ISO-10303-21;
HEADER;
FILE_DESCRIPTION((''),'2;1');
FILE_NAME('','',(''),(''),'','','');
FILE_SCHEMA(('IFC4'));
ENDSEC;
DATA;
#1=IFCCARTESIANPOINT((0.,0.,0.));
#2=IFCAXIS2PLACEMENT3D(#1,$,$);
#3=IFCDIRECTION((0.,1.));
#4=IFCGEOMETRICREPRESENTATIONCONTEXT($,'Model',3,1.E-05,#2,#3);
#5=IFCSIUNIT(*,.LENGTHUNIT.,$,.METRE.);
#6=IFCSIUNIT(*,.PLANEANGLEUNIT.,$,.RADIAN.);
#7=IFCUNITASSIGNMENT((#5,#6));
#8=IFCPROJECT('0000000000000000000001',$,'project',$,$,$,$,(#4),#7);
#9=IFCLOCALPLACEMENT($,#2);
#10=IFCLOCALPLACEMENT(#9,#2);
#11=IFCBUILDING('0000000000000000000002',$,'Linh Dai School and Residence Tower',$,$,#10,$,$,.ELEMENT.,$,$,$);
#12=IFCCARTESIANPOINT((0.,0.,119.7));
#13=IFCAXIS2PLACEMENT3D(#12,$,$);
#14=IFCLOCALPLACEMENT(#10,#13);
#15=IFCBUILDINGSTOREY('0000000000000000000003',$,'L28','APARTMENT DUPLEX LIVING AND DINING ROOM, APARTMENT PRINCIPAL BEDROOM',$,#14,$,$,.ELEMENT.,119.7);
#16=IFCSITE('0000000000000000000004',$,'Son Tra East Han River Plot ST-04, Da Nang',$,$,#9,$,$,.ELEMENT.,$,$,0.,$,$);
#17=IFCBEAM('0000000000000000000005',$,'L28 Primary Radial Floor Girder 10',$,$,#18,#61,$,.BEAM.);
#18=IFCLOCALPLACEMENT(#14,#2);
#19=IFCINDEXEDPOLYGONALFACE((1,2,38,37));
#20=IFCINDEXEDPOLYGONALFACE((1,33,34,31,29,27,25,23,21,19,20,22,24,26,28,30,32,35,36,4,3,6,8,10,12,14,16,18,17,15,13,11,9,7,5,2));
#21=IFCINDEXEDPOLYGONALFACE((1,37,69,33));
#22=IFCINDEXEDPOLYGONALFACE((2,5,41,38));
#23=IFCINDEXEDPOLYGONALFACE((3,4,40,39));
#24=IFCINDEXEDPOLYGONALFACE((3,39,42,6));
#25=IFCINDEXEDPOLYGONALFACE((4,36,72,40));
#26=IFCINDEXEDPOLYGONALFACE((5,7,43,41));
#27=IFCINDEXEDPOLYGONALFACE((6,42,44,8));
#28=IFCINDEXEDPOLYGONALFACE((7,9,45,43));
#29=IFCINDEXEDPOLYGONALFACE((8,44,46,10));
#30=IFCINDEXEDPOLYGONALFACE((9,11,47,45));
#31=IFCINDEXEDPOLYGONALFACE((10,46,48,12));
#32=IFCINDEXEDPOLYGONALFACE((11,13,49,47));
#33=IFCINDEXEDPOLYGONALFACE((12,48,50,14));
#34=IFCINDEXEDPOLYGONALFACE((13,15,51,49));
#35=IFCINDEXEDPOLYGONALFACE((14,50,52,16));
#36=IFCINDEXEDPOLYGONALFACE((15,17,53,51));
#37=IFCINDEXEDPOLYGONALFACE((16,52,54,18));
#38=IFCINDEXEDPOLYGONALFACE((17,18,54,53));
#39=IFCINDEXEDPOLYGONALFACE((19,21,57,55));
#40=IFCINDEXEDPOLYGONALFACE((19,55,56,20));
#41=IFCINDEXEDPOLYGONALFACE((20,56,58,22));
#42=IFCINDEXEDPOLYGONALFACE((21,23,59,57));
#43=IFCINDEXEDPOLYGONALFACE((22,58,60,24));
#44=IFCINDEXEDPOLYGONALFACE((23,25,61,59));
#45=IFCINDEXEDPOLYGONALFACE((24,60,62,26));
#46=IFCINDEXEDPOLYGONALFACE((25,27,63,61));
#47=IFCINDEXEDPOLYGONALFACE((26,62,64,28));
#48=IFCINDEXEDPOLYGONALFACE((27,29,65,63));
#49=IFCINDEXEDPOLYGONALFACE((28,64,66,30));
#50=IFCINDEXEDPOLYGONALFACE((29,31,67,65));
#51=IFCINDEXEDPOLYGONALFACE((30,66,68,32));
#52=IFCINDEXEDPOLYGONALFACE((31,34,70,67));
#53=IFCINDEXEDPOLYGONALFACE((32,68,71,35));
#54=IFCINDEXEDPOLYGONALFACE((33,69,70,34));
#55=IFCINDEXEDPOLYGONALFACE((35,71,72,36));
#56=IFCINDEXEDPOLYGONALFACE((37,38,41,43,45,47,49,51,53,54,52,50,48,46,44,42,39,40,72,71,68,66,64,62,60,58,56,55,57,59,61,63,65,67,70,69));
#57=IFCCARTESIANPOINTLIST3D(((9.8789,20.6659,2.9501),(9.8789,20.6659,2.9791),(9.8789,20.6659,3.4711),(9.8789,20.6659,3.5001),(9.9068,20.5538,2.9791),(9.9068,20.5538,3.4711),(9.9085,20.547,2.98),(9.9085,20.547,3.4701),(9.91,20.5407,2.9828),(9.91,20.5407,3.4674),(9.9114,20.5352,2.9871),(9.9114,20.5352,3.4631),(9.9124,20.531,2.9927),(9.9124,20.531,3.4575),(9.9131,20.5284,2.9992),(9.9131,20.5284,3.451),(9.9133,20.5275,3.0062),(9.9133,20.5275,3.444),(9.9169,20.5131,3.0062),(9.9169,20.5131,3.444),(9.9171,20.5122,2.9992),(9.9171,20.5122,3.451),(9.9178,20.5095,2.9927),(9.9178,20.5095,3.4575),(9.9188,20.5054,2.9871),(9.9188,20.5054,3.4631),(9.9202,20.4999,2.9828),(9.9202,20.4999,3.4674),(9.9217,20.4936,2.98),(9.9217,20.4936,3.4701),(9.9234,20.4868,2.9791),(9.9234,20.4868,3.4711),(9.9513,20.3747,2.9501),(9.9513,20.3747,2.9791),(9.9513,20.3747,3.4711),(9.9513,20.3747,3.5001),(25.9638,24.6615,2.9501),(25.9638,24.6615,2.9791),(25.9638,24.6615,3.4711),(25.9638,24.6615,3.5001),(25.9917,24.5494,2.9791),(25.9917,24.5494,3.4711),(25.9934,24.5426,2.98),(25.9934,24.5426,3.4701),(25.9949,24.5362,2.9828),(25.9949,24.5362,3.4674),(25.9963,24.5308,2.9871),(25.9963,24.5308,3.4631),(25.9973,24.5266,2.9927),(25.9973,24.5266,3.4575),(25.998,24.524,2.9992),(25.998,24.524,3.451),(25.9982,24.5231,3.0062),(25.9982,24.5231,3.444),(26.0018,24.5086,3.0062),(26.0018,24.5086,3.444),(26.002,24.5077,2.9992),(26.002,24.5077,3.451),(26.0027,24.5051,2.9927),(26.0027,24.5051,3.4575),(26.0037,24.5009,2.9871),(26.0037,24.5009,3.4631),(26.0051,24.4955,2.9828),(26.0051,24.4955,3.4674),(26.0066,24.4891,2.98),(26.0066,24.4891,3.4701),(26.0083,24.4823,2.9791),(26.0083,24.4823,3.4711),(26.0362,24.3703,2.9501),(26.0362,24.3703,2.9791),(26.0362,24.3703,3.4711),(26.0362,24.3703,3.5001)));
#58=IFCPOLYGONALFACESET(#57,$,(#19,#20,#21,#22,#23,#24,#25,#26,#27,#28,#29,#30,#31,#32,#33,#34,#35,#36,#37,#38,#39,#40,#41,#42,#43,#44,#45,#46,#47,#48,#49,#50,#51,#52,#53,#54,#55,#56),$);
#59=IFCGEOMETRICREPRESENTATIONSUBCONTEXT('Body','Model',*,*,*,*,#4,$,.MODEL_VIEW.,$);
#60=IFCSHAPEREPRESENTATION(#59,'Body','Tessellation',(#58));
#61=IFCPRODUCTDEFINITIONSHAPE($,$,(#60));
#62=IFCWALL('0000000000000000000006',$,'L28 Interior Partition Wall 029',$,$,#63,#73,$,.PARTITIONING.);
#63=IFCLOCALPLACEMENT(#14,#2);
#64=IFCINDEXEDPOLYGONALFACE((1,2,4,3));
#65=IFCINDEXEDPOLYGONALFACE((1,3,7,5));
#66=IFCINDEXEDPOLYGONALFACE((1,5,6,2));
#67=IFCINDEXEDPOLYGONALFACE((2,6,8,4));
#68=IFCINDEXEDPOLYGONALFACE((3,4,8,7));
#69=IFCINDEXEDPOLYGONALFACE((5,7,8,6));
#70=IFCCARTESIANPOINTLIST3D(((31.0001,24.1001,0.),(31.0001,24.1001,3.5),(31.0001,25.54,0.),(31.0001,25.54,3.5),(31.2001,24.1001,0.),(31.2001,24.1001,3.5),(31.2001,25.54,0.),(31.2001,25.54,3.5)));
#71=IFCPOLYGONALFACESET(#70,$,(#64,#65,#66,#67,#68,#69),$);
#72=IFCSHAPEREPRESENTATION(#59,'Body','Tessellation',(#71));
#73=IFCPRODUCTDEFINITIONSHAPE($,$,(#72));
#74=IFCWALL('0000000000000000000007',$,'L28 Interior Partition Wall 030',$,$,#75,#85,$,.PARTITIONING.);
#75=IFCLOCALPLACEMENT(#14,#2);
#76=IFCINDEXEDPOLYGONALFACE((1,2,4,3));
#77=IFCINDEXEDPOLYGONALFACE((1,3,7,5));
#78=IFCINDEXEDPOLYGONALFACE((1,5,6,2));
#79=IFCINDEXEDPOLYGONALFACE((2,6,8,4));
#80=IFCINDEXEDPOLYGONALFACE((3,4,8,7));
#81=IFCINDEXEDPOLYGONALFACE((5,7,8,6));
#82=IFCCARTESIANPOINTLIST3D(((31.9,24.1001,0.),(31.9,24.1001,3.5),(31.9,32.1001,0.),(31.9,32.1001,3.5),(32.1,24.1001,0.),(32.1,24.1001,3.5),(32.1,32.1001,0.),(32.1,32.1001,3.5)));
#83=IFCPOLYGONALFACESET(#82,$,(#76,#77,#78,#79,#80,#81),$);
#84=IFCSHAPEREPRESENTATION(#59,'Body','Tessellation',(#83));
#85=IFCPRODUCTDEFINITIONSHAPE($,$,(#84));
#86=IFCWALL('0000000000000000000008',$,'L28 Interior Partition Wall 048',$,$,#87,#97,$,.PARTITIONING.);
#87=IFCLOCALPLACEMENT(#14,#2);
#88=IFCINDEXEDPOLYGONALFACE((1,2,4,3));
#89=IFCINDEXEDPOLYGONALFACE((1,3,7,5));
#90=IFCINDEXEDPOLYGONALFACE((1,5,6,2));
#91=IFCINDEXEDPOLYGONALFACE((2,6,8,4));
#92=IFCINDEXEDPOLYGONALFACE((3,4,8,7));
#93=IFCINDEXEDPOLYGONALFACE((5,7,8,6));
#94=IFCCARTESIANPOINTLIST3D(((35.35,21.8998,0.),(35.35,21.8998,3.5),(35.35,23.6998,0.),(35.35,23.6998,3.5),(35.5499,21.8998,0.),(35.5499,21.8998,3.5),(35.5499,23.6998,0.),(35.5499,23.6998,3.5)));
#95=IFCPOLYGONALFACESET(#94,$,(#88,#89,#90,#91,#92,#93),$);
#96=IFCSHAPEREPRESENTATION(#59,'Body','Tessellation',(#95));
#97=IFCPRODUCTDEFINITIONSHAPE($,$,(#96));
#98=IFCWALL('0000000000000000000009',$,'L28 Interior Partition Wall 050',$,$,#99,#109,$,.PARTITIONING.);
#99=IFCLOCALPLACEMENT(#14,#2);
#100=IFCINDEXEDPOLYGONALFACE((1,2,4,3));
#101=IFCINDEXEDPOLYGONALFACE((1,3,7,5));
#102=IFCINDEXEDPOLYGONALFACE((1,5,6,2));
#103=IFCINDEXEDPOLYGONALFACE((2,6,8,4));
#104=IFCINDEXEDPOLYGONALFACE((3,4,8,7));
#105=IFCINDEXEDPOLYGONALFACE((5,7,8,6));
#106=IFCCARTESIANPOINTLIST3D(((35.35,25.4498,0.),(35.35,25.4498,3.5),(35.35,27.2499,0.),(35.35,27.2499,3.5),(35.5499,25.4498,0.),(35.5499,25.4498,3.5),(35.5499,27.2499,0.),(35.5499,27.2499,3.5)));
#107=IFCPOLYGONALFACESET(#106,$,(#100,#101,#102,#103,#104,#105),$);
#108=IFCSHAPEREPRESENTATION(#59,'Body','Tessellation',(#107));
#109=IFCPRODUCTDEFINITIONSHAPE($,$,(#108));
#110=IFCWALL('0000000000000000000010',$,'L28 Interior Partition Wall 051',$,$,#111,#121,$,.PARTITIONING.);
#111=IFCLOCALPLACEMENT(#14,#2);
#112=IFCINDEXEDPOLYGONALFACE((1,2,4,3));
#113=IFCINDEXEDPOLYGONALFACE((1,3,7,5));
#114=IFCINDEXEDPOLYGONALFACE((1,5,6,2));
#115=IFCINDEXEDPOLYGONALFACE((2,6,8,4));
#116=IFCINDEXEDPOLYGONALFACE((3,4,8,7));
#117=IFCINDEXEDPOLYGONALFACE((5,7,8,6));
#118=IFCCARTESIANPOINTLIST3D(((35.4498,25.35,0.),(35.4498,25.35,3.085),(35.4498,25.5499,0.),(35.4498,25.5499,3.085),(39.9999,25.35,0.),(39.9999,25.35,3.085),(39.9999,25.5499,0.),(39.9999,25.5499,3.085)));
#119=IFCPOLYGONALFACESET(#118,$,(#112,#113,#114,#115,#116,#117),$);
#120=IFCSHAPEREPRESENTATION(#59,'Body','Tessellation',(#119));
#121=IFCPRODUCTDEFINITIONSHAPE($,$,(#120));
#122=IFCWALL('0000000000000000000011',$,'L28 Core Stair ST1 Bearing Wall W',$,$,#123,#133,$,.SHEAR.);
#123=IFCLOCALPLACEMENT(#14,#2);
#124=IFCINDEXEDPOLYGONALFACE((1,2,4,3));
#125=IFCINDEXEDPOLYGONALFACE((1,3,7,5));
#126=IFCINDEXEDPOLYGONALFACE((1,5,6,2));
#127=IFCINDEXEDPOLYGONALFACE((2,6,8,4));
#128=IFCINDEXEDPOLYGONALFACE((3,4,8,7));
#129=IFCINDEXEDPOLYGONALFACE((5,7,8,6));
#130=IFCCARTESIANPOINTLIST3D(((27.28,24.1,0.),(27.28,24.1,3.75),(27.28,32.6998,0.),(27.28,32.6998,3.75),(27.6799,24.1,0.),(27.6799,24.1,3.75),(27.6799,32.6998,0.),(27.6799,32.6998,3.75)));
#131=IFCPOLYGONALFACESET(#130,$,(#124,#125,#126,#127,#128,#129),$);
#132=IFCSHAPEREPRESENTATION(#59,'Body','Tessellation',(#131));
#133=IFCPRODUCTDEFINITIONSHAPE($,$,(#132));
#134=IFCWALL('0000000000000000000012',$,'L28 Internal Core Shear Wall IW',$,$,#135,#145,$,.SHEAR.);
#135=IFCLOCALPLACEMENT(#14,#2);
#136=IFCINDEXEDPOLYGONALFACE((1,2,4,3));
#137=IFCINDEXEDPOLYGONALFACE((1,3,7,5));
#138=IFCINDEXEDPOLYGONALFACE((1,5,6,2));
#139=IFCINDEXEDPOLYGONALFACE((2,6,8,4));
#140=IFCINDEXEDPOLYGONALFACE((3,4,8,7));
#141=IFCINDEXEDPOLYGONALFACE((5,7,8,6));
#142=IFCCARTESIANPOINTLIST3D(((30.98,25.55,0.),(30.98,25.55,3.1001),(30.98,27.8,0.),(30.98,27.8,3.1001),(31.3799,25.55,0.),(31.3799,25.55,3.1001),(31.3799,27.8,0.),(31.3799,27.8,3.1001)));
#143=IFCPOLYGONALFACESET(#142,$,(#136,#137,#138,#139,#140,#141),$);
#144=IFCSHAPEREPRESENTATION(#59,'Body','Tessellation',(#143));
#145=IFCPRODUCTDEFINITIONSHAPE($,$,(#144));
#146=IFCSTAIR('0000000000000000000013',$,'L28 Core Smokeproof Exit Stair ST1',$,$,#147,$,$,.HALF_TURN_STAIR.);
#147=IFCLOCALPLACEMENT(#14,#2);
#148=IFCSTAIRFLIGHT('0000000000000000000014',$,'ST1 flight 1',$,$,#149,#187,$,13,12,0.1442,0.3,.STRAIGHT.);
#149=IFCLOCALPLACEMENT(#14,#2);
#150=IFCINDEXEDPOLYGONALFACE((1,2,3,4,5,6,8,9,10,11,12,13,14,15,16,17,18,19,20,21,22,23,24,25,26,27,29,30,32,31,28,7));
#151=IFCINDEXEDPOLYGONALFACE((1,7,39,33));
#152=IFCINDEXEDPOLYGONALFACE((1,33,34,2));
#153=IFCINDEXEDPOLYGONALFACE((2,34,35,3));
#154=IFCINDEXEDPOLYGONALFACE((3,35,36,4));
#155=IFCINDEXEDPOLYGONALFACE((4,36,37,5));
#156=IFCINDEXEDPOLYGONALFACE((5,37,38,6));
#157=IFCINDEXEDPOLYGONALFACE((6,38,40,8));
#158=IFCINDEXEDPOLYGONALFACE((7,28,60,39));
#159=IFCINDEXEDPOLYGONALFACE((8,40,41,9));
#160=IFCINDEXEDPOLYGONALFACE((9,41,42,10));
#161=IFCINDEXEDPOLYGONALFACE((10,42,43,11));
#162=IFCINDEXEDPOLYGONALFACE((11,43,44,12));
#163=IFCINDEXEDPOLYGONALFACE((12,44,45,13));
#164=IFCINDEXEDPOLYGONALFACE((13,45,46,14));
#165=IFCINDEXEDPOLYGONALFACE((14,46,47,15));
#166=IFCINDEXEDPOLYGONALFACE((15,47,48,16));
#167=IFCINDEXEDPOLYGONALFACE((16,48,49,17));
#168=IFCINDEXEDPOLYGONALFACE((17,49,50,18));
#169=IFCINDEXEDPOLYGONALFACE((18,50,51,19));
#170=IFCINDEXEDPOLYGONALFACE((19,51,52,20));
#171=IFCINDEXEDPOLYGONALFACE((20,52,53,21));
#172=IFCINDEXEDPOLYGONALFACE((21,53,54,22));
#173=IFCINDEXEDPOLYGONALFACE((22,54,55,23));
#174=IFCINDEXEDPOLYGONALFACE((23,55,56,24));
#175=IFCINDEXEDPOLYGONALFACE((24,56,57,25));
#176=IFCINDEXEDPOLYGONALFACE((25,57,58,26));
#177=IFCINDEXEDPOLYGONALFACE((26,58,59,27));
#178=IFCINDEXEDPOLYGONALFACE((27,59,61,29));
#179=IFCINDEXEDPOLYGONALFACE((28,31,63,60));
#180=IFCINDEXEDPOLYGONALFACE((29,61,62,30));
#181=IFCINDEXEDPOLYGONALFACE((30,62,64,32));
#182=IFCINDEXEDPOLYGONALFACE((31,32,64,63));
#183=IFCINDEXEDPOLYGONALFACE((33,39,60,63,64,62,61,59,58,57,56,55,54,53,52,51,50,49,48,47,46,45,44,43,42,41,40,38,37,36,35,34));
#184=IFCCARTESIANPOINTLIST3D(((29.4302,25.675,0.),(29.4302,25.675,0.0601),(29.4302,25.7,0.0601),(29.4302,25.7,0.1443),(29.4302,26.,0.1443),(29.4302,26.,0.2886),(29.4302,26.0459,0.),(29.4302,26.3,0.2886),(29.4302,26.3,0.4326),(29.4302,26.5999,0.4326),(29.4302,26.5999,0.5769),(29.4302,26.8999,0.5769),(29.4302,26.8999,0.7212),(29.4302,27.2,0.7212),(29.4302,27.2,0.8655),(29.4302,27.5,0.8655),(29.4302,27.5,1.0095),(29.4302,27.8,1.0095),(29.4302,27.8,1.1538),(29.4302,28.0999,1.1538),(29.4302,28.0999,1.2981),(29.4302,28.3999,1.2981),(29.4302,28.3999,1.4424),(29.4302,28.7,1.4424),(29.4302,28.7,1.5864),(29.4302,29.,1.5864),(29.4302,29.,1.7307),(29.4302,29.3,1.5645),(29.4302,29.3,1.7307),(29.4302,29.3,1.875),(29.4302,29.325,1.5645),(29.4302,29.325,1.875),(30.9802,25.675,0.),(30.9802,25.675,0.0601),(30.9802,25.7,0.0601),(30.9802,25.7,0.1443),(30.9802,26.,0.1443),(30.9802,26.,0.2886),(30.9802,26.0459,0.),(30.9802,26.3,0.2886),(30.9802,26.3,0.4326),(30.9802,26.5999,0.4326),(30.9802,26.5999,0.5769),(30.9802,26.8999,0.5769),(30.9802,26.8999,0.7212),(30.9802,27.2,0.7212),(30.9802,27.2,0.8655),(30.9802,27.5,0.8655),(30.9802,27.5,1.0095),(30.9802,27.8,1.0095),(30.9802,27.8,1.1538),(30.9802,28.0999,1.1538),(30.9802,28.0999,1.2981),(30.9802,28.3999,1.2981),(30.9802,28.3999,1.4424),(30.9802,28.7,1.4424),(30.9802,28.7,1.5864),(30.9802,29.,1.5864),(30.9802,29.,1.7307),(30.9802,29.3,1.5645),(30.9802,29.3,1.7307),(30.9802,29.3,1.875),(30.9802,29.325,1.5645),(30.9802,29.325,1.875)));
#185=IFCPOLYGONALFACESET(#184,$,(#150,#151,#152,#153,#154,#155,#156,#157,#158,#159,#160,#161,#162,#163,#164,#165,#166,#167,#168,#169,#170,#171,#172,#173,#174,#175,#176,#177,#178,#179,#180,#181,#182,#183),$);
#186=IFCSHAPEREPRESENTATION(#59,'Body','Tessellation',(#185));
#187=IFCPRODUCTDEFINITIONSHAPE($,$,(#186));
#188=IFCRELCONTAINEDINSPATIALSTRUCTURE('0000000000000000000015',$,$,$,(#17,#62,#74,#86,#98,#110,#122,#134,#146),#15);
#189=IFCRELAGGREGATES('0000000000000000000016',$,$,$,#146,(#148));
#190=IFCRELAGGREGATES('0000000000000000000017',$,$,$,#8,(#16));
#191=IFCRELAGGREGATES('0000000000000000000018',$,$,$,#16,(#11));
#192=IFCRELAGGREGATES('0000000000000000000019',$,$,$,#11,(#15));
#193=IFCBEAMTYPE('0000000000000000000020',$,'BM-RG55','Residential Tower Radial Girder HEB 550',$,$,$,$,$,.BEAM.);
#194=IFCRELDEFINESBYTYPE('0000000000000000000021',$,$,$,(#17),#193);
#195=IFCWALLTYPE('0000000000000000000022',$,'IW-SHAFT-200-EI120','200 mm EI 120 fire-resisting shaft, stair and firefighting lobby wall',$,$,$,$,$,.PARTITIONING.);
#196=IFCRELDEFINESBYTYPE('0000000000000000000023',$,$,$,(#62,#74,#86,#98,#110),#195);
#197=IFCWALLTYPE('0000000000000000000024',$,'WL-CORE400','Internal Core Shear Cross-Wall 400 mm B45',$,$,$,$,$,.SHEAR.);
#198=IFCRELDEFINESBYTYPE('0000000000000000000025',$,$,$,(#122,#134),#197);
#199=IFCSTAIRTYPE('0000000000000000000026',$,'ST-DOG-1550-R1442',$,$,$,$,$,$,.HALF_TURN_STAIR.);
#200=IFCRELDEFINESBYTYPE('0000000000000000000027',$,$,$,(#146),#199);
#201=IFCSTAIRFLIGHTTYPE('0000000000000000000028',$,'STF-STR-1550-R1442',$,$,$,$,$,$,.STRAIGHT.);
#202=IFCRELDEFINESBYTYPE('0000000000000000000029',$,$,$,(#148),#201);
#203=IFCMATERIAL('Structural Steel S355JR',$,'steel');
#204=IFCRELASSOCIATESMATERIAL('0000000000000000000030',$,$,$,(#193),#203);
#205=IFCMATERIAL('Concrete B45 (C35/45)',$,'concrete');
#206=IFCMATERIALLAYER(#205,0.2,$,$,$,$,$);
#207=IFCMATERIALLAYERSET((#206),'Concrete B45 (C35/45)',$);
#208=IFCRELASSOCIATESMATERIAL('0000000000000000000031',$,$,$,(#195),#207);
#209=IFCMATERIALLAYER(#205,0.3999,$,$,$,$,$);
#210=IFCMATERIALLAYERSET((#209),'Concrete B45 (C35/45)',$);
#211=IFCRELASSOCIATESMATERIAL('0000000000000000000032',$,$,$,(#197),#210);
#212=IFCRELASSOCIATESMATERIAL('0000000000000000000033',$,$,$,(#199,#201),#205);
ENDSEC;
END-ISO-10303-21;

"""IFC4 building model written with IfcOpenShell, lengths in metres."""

from ifc_helpers import new_model, si_unit, direction, frame, frame_2d, origin, origin_2d, place, context, subcontext, project, spatial, polyline, rectangle, i_section, outline, extrude, source, transform, mapped, material, layer, layer_set, material_profile, profile_set, type_object, element, aggregate, save


model = new_model("IFC4")

# Units and contexts
model_context = context("Model", 3, precision=1e-05, world=origin(), true_north=direction((0.0, 1.0)))
body_context = subcontext(model_context, "Body", "Model", "MODEL_VIEW")
ifc_project = project(units=[si_unit("LENGTHUNIT", "METRE"), si_unit("PLANEANGLEUNIT", "RADIAN")], contexts=[model_context])

# Site, building, storey
site_placement = place(None, origin())
site = spatial("IfcSite", under=ifc_project, at=site_placement, Name="Son Tra East Han River Plot ST-04, Da Nang", CompositionType="ELEMENT", RefElevation=0.0)
building_placement = place(site_placement, origin())
building = spatial("IfcBuilding", under=site, at=building_placement, Name="Linh Dai School and Residence Tower", CompositionType="ELEMENT")
storey_placement = place(building_placement, frame((0.0, 0.0, 119.7)))
storey = spatial("IfcBuildingStorey", under=building, at=storey_placement, Name="L28", Description="APARTMENT DUPLEX LIVING AND DINING ROOM, APARTMENT PRINCIPAL BEDROOM", CompositionType="ELEMENT", Elevation=119.7)

# Shared definitions
ifc_material_1 = material(Name="Structural Steel S355JR", Category="steel")

# Beam
ifc_material_profile_1 = material_profile(ifc_material_1, i_section(OverallWidth=0.3, OverallDepth=0.55, WebThickness=0.0149, FlangeThickness=0.0291, FilletRadius=0.0271, at=origin_2d()), Name="HEB 550")
ifc_profile_set_1 = profile_set([ifc_material_profile_1], Name="Structural Steel S355JR")
beam_type = type_object("IfcBeamType", Name="BM-RG55", Description="Residential Tower Radial Girder HEB 550", PredefinedType="BEAM", material=ifc_profile_set_1)
beam_placement = place(storey_placement, frame((26.0, 24.5159, 3.2251), z_axis=(-0.970505, -0.24108, 0.0), x_axis=(0.24108, -0.970505, 0.0)))
element("IfcBeam", 1, at=beam_placement, inside=storey, type_object=beam_type, Name="L28 Primary Radial Floor Girder 10", PredefinedType="BEAM", context=body_context, shape_type="SweptSolid", body=[
    extrude(i_section(OverallWidth=0.3, OverallDepth=0.55, WebThickness=0.0149, FlangeThickness=0.0291, FilletRadius=0.0271, at=origin_2d()), origin(), (0.0, 0.0, 1.0), 16.5737),
])

# Shared definitions
ifc_material_2 = material(Name="Concrete B45 (C35/45)", Category="concrete")
ifc_layer_1 = layer(ifc_material_2, 0.2)
ifc_layer_set_1 = layer_set([ifc_layer_1], Name="Concrete B45 (C35/45)")
wall_type_1 = type_object("IfcWallType", Name="IW-SHAFT-200-EI120", Description="200 mm EI 120 fire-resisting shaft, stair and firefighting lobby wall", PredefinedType="PARTITIONING", material=ifc_layer_set_1)

# Walls
wall_1_placement = place(storey_placement, frame((31.1001, 24.1001, 0.0), z_axis=(0.0, 0.0, 1.0), x_axis=(0.0, 1.0, 0.0)))
element("IfcWall", 2, at=wall_1_placement, inside=storey, type_object=wall_type_1, Name="L28 Interior Partition Wall 029", PredefinedType="PARTITIONING", context=body_context, shape_type="SweptSolid", body=[
    extrude(rectangle(XDim=1.4399, YDim=0.2, at=frame_2d((0.72, 0.0))), origin(), (0.0, 0.0, 1.0), 3.5),
])
wall_2_placement = place(storey_placement, frame((32.0, 24.1001, 0.0), z_axis=(0.0, 0.0, 1.0), x_axis=(0.0, 1.0, 0.0)))
element("IfcWall", 3, at=wall_2_placement, inside=storey, type_object=wall_type_1, Name="L28 Interior Partition Wall 030", PredefinedType="PARTITIONING", context=body_context, shape_type="SweptSolid", body=[
    extrude(rectangle(XDim=8.0, YDim=0.2, at=frame_2d((4.0, 0.0))), origin(), (0.0, 0.0, 1.0), 3.5),
])

# Wall
wall_3_placement = place(storey_placement, frame((35.45, 21.8999, 0.0), z_axis=(0.0, 0.0, 1.0), x_axis=(0.0, 1.0, 0.0)))
element("IfcWall", 4, at=wall_3_placement, inside=storey, type_object=wall_type_1, Name="L28 Interior Partition Wall 048", PredefinedType="PARTITIONING", context=body_context, shape_type="SweptSolid", body=[
    extrude(rectangle(XDim=1.8, YDim=0.2, at=frame_2d((0.8999, 0.0))), origin(), (0.0, 0.0, 1.0), 3.5),
])

# Walls
wall_4_placement = place(storey_placement, frame((35.45, 25.45, 0.0), z_axis=(0.0, 0.0, 1.0), x_axis=(0.0, 1.0, 0.0)))
element("IfcWall", 5, at=wall_4_placement, inside=storey, type_object=wall_type_1, Name="L28 Interior Partition Wall 050", PredefinedType="PARTITIONING", context=body_context, shape_type="SweptSolid", body=[
    extrude(rectangle(XDim=1.8, YDim=0.2, at=frame_2d((0.8999, 0.0))), origin(), (0.0, 0.0, 1.0), 3.5),
])
wall_5_placement = place(storey_placement, frame((35.45, 25.45, 0.0), z_axis=(0.0, 0.0, 1.0), x_axis=(1.0, 0.0, 0.0)))
element("IfcWall", 6, at=wall_5_placement, inside=storey, type_object=wall_type_1, Name="L28 Interior Partition Wall 051", PredefinedType="PARTITIONING", context=body_context, shape_type="SweptSolid", body=[
    extrude(rectangle(XDim=4.55, YDim=0.2, at=frame_2d((2.2749, 0.0))), origin(), (0.0, 0.0, 1.0), 3.085),
])
ifc_layer_2 = layer(ifc_material_2, 0.3999)
ifc_layer_set_2 = layer_set([ifc_layer_2], Name="Concrete B45 (C35/45)")
wall_type_2 = type_object("IfcWallType", Name="WL-CORE400", Description="Internal Core Shear Cross-Wall 400 mm B45", PredefinedType="SHEAR", material=ifc_layer_set_2)
wall_6_placement = place(storey_placement, frame((27.48, 24.1001, 0.0), z_axis=(0.0, 0.0, 1.0), x_axis=(0.0, 1.0, 0.0)))
element("IfcWall", 7, at=wall_6_placement, inside=storey, type_object=wall_type_2, Name="L28 Core Stair ST1 Bearing Wall W", PredefinedType="SHEAR", context=body_context, shape_type="SweptSolid", body=[
    extrude(rectangle(XDim=8.5999, YDim=0.3999, at=frame_2d((4.2998, 0.0))), origin(), (0.0, 0.0, 1.0), 3.75),
])
wall_7_placement = place(storey_placement, frame((31.1799, 25.55, 0.0), z_axis=(0.0, 0.0, 1.0), x_axis=(0.0, 1.0, 0.0)))
element("IfcWall", 8, at=wall_7_placement, inside=storey, type_object=wall_type_2, Name="L28 Internal Core Shear Wall IW", PredefinedType="SHEAR", context=body_context, shape_type="SweptSolid", body=[
    extrude(rectangle(XDim=2.25, YDim=0.3999, at=frame_2d((1.125, 0.0))), origin(), (0.0, 0.0, 1.0), 3.1001),
])

# Stair, stair flight
stair_type = type_object("IfcStairType", Name="ST-DOG-1550-R1442", PredefinedType="HALF_TURN_STAIR", material=ifc_material_2)
stair_placement = place(storey_placement, origin())
stair = element("IfcStair", 9, at=stair_placement, inside=storey, type_object=stair_type, Name="L28 Core Smokeproof Exit Stair ST1", PredefinedType="HALF_TURN_STAIR")
stair_flight_type = type_object("IfcStairFlightType", Name="STF-STR-1550-R1442", PredefinedType="STRAIGHT", material=ifc_material_2)
shared_shape_1 = source(origin(), body_context, "Body", "SweptSolid", [
    extrude(outline(polyline([(-0.0249, 0.0), (-0.0249, 0.0601), (0.0, 0.0601), (0.0, 0.1443), (0.3, 0.1443), (0.3, 0.2886), (0.6001, 0.2886), (0.6001, 0.4326), (0.8999, 0.4326), (0.8999, 0.5769), (1.2, 0.5769), (1.2, 0.7212), (1.5, 0.7212), (1.5, 0.8655), (1.8, 0.8655), (1.8, 1.0095), (2.1001, 1.0095), (2.1001, 1.1538), (2.3999, 1.1538), (2.3999, 1.2981), (2.7, 1.2981), (2.7, 1.4424), (3.0, 1.4424), (3.0, 1.5864), (3.3, 1.5864), (3.3, 1.7307), (3.6001, 1.7307), (3.6001, 1.875), (3.625, 1.875), (3.625, 1.5645), (3.6001, 1.5645), (0.3459, 0.0), (-0.0249, 0.0)])), frame((0.0, 0.7749, 0.0), z_axis=(0.0, -1.0, 0.0), x_axis=(1.0, 0.0, 0.0)), (0.0, 0.0, 1.0), 1.55),
])
stair_flight_placement = place(storey_placement, frame((30.2051, 25.7, 0.0), z_axis=(0.0, 0.0, 1.0), x_axis=(0.0, 1.0, 0.0)))
stair_flight = element("IfcStairFlight", 10, at=stair_flight_placement, type_object=stair_flight_type, Name="ST1 flight 1", NumberOfRisers=13, NumberOfTreads=12, PredefinedType="STRAIGHT", RiserHeight=0.1442, TreadLength=0.3, context=body_context, shape_type="MappedRepresentation", body=[
    mapped(shared_shape_1, transform((0.0, 0.0, 0.0), x_axis=(1.0, 0.0, 0.0), y_axis=(0.0, 1.0, 0.0), z_axis=(0.0, 0.0, 1.0), scale=1.0)),
])
aggregate(stair, [stair_flight])

save(model, "model.ifc")
